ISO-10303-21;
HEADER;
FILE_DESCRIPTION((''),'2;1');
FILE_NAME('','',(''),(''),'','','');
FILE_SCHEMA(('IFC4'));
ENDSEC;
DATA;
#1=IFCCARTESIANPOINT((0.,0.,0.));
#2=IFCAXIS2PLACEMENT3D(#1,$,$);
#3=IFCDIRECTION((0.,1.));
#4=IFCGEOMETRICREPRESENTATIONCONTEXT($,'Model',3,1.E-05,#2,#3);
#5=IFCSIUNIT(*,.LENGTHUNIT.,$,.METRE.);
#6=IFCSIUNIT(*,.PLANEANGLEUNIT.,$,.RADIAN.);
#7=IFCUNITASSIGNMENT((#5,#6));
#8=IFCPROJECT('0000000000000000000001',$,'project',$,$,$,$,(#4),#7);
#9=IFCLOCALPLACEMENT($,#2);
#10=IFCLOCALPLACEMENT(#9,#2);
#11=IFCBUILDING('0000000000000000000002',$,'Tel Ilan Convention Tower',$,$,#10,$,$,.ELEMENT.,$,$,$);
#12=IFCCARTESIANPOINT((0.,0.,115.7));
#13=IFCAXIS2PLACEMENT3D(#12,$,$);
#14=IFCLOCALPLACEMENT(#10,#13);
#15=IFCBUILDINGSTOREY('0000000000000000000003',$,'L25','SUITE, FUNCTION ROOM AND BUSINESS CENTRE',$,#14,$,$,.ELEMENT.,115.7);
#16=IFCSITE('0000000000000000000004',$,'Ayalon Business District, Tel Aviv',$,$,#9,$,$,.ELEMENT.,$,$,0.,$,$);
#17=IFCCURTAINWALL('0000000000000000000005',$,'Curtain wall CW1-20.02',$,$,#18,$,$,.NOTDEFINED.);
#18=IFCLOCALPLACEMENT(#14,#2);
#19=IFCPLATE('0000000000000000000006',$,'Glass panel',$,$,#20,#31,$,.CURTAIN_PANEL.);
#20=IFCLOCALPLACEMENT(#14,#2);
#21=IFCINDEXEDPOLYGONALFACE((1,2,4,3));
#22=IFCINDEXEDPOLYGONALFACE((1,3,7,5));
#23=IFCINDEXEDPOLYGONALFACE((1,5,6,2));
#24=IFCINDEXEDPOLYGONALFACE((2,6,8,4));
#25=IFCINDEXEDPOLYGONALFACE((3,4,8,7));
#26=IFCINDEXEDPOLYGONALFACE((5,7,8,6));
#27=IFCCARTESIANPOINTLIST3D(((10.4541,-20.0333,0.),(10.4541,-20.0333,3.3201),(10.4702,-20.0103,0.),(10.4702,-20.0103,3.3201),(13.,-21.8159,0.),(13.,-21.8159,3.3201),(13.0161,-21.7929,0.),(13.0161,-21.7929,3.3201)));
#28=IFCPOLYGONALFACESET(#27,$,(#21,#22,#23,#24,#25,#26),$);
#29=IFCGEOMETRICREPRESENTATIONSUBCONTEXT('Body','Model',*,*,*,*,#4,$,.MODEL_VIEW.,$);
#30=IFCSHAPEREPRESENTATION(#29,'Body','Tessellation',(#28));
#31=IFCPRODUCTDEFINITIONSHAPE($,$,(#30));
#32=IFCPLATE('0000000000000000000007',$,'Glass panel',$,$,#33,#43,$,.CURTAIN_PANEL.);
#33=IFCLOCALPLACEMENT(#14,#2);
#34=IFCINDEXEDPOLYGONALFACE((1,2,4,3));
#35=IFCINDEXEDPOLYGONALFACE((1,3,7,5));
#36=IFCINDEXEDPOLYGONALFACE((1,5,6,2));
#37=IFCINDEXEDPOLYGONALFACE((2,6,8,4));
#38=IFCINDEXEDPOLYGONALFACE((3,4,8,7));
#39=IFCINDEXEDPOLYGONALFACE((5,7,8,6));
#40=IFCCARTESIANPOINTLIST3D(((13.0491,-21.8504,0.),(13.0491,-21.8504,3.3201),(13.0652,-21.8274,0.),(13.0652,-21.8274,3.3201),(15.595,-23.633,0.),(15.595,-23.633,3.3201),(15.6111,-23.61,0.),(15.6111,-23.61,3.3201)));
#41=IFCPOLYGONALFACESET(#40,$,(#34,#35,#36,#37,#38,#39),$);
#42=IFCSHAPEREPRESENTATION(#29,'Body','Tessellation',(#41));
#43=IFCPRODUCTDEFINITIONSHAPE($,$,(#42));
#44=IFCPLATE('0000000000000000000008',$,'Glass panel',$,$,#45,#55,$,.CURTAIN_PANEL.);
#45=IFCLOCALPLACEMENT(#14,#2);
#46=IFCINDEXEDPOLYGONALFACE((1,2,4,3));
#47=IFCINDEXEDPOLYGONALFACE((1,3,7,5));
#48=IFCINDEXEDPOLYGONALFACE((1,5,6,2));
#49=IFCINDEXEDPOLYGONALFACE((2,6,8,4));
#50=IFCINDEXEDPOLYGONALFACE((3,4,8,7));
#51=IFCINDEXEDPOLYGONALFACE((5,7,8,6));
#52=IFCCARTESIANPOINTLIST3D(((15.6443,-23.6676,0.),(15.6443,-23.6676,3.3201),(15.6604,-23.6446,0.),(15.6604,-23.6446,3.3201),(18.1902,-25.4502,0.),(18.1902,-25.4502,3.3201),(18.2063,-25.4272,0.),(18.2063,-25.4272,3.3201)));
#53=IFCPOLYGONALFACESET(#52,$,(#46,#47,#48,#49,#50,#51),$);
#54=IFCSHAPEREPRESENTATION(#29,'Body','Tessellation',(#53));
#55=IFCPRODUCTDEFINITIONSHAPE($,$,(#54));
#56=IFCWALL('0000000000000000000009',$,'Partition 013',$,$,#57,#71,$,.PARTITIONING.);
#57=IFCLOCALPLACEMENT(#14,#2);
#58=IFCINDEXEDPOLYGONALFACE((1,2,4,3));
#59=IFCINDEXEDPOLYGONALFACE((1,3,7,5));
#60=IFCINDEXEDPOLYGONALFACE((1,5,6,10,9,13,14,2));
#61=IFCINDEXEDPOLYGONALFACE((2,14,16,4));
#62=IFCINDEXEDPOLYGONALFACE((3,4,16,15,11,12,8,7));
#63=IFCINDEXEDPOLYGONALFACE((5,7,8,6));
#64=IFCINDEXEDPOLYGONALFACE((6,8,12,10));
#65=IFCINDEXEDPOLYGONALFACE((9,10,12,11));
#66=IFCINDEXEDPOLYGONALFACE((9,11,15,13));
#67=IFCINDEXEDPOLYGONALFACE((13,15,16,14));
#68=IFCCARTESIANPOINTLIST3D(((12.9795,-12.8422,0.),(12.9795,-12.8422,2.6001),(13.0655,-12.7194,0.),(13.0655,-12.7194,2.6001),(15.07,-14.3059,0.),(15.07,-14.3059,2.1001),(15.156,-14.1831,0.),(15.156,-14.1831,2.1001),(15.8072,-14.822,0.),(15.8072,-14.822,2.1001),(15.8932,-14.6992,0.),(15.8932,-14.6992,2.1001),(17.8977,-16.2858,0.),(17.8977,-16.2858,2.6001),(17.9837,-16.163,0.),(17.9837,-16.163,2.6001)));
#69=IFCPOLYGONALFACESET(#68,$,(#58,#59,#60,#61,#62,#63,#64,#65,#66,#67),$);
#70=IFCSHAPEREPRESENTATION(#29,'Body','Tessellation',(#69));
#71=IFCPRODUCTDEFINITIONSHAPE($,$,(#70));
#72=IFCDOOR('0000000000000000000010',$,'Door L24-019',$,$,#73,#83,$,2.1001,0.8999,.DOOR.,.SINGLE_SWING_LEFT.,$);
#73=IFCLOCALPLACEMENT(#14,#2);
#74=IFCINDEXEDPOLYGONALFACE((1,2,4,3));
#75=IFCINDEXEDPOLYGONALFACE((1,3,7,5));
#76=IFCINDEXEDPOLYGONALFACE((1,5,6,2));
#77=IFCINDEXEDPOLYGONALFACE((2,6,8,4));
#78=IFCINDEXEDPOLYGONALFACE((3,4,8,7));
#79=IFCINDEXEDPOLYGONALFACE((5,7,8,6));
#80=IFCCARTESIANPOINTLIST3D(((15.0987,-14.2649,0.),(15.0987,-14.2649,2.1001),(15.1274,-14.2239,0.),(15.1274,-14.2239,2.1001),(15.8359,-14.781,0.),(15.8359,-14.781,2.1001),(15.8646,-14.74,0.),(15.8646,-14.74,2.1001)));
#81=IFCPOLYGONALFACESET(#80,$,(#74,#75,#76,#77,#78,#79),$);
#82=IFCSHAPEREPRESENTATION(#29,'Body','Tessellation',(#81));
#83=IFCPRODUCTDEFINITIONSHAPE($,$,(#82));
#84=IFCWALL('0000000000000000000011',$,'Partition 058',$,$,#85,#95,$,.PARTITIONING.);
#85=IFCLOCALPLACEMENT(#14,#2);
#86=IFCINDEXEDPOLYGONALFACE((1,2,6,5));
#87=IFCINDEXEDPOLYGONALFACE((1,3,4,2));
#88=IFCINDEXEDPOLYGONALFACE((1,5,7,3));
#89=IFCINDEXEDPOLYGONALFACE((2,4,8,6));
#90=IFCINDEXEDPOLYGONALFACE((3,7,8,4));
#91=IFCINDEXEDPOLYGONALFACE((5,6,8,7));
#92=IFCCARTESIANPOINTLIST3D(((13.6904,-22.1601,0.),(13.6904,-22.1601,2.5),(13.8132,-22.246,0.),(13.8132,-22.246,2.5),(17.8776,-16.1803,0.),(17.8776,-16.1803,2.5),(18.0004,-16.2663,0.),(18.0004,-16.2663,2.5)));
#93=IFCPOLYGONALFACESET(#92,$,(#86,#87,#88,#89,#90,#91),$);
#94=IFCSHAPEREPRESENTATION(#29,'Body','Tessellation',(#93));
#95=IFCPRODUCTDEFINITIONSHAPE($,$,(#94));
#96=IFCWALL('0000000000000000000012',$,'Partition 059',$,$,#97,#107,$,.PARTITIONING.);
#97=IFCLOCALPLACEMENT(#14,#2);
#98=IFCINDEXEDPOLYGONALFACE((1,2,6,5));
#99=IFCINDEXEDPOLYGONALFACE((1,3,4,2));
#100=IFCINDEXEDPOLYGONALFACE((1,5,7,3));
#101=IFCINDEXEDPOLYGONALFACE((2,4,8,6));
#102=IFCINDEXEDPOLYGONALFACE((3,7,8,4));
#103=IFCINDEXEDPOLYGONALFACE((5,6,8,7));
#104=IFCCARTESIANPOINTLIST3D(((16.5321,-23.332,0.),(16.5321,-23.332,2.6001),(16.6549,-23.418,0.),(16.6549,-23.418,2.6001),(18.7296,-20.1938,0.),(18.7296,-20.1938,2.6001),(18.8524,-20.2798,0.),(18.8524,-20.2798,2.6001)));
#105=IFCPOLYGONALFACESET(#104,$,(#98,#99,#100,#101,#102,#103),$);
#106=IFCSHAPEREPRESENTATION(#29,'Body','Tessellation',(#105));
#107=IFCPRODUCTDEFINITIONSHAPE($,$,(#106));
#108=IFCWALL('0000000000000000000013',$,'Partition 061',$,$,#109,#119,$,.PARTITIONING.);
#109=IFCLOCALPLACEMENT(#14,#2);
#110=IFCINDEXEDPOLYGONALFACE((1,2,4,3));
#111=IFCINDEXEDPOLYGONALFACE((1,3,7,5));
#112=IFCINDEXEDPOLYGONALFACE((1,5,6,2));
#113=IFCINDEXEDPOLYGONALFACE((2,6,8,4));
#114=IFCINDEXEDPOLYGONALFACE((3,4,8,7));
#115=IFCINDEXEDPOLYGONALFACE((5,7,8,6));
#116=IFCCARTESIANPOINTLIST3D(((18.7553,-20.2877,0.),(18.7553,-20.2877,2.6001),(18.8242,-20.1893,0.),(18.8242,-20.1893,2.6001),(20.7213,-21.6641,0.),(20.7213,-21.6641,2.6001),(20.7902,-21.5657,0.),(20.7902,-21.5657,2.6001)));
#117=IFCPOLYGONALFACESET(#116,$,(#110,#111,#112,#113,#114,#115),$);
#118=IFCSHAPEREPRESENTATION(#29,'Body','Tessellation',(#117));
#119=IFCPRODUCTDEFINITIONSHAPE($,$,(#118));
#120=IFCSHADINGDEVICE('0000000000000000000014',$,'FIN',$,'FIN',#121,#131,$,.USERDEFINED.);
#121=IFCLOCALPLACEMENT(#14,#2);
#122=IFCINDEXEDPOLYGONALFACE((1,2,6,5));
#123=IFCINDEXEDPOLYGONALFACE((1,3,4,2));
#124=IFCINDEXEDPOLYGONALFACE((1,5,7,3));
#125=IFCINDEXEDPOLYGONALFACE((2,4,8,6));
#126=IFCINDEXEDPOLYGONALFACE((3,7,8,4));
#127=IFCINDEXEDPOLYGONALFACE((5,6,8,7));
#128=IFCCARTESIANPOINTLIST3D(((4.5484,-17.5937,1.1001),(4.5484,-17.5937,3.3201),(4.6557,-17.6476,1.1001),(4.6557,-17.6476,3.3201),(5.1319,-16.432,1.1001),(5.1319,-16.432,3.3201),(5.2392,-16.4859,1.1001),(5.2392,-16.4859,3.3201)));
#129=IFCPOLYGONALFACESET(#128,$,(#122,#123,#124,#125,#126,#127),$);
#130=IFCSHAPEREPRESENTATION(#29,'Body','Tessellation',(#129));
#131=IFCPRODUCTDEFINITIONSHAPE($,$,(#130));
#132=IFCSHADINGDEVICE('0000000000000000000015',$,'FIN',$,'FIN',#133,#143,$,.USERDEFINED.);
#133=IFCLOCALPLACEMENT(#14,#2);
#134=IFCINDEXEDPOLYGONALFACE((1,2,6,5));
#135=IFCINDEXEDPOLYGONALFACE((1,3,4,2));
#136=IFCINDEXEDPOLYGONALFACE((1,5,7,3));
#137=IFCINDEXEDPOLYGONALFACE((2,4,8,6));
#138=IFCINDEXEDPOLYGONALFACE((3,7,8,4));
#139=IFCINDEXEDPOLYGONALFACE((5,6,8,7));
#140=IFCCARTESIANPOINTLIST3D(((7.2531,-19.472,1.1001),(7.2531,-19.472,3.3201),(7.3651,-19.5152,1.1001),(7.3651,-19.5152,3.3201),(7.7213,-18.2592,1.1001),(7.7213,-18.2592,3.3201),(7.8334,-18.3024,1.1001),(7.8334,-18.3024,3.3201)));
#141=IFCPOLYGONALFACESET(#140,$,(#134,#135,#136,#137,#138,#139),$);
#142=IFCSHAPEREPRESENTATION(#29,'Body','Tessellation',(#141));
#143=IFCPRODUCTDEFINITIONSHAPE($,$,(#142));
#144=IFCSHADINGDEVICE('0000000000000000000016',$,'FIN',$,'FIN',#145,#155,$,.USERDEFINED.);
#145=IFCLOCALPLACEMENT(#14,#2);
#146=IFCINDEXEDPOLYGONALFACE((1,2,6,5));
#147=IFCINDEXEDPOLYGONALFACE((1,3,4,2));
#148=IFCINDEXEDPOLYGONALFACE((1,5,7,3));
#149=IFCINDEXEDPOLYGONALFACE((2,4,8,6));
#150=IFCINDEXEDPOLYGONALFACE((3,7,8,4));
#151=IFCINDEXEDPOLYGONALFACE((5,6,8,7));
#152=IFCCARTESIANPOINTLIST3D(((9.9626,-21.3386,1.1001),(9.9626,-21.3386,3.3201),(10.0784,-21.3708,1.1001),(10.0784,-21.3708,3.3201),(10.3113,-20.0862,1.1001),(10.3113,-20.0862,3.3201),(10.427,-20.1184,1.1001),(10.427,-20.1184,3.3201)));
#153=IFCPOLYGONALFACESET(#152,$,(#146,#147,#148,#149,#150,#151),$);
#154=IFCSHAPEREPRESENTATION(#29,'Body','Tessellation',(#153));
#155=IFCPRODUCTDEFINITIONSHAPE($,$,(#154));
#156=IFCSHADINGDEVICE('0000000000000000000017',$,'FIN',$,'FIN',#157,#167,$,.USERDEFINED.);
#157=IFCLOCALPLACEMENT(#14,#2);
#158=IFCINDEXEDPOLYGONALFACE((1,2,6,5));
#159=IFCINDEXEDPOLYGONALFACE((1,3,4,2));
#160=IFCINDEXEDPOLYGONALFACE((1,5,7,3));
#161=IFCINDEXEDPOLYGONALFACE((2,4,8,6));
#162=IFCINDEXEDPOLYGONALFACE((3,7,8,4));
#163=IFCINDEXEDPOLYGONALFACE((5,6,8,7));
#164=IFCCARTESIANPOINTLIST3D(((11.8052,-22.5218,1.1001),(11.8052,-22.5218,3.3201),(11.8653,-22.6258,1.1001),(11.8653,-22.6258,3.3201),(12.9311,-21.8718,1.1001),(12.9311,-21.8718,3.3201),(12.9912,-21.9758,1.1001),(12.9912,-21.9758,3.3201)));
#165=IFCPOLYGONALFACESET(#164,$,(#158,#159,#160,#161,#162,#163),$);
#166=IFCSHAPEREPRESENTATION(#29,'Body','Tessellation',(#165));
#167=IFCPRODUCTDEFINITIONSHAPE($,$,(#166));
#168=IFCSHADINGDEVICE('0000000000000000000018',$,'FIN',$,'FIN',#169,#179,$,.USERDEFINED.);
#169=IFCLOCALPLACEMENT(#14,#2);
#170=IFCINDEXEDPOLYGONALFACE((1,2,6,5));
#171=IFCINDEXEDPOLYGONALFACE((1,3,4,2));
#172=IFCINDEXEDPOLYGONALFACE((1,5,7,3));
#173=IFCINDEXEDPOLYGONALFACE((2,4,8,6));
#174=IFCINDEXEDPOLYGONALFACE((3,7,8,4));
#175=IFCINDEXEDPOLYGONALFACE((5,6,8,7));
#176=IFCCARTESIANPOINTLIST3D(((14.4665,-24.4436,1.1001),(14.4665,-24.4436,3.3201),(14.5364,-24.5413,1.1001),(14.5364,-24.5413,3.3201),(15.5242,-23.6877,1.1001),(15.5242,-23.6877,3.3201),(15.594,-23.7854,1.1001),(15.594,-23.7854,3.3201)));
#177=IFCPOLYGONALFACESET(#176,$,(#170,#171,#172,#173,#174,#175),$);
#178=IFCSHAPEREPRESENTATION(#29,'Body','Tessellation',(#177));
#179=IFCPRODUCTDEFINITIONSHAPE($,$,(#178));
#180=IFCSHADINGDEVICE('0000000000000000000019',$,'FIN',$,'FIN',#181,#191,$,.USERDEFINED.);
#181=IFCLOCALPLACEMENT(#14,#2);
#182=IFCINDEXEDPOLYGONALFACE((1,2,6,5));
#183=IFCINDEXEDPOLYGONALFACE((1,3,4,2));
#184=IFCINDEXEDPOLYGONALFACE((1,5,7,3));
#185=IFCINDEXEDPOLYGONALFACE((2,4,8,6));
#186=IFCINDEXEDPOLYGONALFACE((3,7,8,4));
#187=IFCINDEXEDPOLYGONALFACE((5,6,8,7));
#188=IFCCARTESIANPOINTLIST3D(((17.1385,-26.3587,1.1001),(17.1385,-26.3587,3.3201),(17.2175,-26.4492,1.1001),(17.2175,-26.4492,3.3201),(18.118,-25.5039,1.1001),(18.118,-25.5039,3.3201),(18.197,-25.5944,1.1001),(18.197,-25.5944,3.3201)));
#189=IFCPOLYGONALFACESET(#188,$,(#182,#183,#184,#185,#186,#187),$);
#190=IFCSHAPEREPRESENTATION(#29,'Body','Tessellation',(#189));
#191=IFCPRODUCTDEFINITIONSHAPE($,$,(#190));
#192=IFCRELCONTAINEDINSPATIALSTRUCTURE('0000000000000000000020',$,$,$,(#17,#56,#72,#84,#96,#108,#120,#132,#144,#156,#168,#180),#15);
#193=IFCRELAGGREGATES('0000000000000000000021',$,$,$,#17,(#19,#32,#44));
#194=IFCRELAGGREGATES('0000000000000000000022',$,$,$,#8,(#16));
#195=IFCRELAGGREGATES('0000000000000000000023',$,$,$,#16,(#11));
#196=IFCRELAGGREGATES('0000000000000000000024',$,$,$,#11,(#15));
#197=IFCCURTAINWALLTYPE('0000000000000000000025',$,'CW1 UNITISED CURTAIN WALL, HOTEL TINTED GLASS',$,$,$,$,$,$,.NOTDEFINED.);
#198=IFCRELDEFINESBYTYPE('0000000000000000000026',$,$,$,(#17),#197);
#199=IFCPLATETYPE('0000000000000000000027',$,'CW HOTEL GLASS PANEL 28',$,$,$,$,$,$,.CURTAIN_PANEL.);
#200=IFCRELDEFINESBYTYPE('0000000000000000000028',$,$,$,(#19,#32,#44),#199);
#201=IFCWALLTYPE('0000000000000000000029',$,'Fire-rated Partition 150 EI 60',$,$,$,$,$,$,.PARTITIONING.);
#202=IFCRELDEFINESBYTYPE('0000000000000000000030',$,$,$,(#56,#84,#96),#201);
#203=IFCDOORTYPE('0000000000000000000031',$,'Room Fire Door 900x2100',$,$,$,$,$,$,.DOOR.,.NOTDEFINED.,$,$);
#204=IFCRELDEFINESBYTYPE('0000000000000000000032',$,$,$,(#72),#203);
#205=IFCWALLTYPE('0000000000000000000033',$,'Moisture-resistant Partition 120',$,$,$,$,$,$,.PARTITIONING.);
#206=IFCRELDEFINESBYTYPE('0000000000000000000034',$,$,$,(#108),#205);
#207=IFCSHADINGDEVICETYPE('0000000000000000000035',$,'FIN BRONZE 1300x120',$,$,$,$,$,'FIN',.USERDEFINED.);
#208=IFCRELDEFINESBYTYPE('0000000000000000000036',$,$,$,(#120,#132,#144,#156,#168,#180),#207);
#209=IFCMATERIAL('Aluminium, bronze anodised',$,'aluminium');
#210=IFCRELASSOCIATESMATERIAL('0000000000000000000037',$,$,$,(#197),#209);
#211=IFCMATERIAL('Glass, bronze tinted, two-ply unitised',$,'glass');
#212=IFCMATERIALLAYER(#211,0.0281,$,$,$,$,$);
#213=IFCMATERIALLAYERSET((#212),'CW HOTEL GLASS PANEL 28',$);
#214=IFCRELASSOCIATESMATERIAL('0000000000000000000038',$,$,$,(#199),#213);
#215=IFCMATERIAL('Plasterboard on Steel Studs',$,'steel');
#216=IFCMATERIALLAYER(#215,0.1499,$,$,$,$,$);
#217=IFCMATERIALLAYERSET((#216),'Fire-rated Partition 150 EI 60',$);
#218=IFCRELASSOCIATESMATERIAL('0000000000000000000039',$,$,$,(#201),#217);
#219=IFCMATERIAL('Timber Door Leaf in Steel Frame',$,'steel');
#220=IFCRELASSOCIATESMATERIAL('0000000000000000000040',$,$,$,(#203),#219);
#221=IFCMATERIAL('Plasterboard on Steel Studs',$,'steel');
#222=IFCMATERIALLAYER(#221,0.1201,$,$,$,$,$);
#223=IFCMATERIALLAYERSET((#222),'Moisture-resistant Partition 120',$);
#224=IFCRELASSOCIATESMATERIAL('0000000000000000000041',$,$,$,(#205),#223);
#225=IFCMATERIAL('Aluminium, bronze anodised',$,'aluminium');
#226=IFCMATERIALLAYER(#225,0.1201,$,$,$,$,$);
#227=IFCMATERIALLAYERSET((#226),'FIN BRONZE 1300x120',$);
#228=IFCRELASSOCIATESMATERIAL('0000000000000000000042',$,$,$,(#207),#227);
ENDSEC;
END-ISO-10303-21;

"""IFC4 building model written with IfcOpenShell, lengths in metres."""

from ifc_helpers import new_model, si_unit, direction, frame, frame_2d, origin, origin_2d, place, context, subcontext, project, spatial, rectangle, extrude, material, layer, layer_set, type_object, element, fill, aggregate, save


model = new_model("IFC4")

# Units and contexts
model_context = context("Model", 3, precision=1e-05, world=origin(), true_north=direction((0.0, 1.0)))
body_context = subcontext(model_context, "Body", "Model", "MODEL_VIEW")
ifc_project = project(units=[si_unit("LENGTHUNIT", "METRE"), si_unit("PLANEANGLEUNIT", "RADIAN")], contexts=[model_context])

# Site, building, storey
site_placement = place(None, origin())
site = spatial("IfcSite", under=ifc_project, at=site_placement, Name="Ayalon Business District, Tel Aviv", CompositionType="ELEMENT", RefElevation=0.0)
building_placement = place(site_placement, origin())
building = spatial("IfcBuilding", under=site, at=building_placement, Name="Tel Ilan Convention Tower", CompositionType="ELEMENT")
storey_placement = place(building_placement, frame((0.0, 0.0, 115.7)))
storey = spatial("IfcBuildingStorey", under=building, at=storey_placement, Name="L25", Description="SUITE, FUNCTION ROOM AND BUSINESS CENTRE", CompositionType="ELEMENT", Elevation=115.7)

# Curtain wall, plates
ifc_material_1 = material(Name="Aluminium, bronze anodised", Category="aluminium")
curtain_wall_type = type_object("IfcCurtainWallType", Name="CW1 UNITISED CURTAIN WALL, HOTEL TINTED GLASS", PredefinedType="NOTDEFINED", material=ifc_material_1)
curtain_wall_placement = place(storey_placement, origin())
curtain_wall = element("IfcCurtainWall", 1, at=curtain_wall_placement, inside=storey, type_object=curtain_wall_type, Name="Curtain wall CW1-20.02", PredefinedType="NOTDEFINED")
ifc_material_2 = material(Name="Glass, bronze tinted, two-ply unitised", Category="glass")
ifc_layer_1 = layer(ifc_material_2, 0.0281)
ifc_layer_set_1 = layer_set([ifc_layer_1], Name="CW HOTEL GLASS PANEL 28")
plate_type = type_object("IfcPlateType", Name="CW HOTEL GLASS PANEL 28", PredefinedType="CURTAIN_PANEL", material=ifc_layer_set_1)
plate_1_placement = place(storey_placement, frame((11.7351, -20.9131, 0.0), z_axis=(0.0, 0.0, 1.0), x_axis=(0.819152, -0.573576, 0.0)))
plate_1 = element("IfcPlate", 2, at=plate_1_placement, type_object=plate_type, Name="Glass panel", PredefinedType="CURTAIN_PANEL", context=body_context, shape_type="SweptSolid", body=[
    extrude(rectangle(XDim=3.1079, YDim=0.0281, at=origin_2d()), origin(), (0.0, 0.0, 1.0), 3.3201),
])
plate_2_placement = place(storey_placement, frame((14.3301, -22.7302, 0.0), z_axis=(0.0, 0.0, 1.0), x_axis=(0.819152, -0.573576, 0.0)))
plate_2 = element("IfcPlate", 3, at=plate_2_placement, type_object=plate_type, Name="Glass panel", PredefinedType="CURTAIN_PANEL", context=body_context, shape_type="SweptSolid", body=[
    extrude(rectangle(XDim=3.1079, YDim=0.0281, at=origin_2d()), origin(), (0.0, 0.0, 1.0), 3.3201),
])
plate_3_placement = place(storey_placement, frame((16.9253, -24.5474, 0.0), z_axis=(0.0, 0.0, 1.0), x_axis=(0.819152, -0.573576, 0.0)))
plate_3 = element("IfcPlate", 4, at=plate_3_placement, type_object=plate_type, Name="Glass panel", PredefinedType="CURTAIN_PANEL", context=body_context, shape_type="SweptSolid", body=[
    extrude(rectangle(XDim=3.1079, YDim=0.0281, at=origin_2d()), origin(), (0.0, 0.0, 1.0), 3.3201),
])
aggregate(curtain_wall, [plate_1, plate_2, plate_3])

# Wall, opening, door
ifc_material_3 = material(Name="Plasterboard on Steel Studs", Category="steel")
ifc_layer_2 = layer(ifc_material_3, 0.1499)
ifc_layer_set_2 = layer_set([ifc_layer_2], Name="Fire-rated Partition 150 EI 60")
wall_type_1 = type_object("IfcWallType", Name="Fire-rated Partition 150 EI 60", PredefinedType="PARTITIONING", material=ifc_layer_set_2)
wall_1_placement = place(storey_placement, frame((17.9407, -16.2244, 0.0), z_axis=(0.0, 0.0, 1.0), x_axis=(-0.819165, 0.573558, 0.0)))
wall_1 = element("IfcWall", 5, at=wall_1_placement, inside=storey, type_object=wall_type_1, Name="Partition 013", PredefinedType="PARTITIONING", context=body_context, shape_type="SweptSolid", body=[
    extrude(rectangle(XDim=6.0039, YDim=0.1499, at=frame_2d((3.002, 0.0))), origin(), (0.0, 0.0, 1.0), 2.6001),
])
opening_placement = place(wall_1_placement, frame((2.552, 0.0, 0.0)))
opening = element("IfcOpeningElement", 6, at=opening_placement, cuts=wall_1, PredefinedType="OPENING", context=body_context, shape_type="SweptSolid", body=[
    extrude(rectangle(XDim=0.8999, YDim=2.1001, at=frame_2d((0.45, 1.05))), frame((0.0, 0.085, 0.0), z_axis=(0.0, -1.0, 0.0), x_axis=(1.0, 0.0, 0.0)), (0.0, 0.0, 1.0), 0.1699),
])
ifc_material_4 = material(Name="Timber Door Leaf in Steel Frame", Category="steel")
door_type = type_object("IfcDoorType", Name="Room Fire Door 900x2100", OperationType="NOTDEFINED", PredefinedType="DOOR", material=ifc_material_4)
door_placement = place(opening_placement, origin())
door = element("IfcDoor", 7, at=door_placement, inside=storey, type_object=door_type, Name="Door L24-019", OperationType="SINGLE_SWING_LEFT", OverallHeight=2.1001, OverallWidth=0.8999, PredefinedType="DOOR", context=body_context, shape_type="SweptSolid", body=[
    extrude(rectangle(XDim=0.8999, YDim=2.1001, at=frame_2d((0.45, 1.05))), frame((0.0, 0.0249, 0.0), z_axis=(0.0, -1.0, 0.0), x_axis=(1.0, 0.0, 0.0)), (0.0, 0.0, 1.0), 0.05),
])
fill(opening, door)

# Walls
wall_2_placement = place(storey_placement, frame((17.939, -16.2234, 0.0), z_axis=(0.0, 0.0, 1.0), x_axis=(-0.573595, -0.819139, 0.0)))
element("IfcWall", 8, at=wall_2_placement, inside=storey, type_object=wall_type_1, Name="Partition 058", PredefinedType="PARTITIONING", context=body_context, shape_type="SweptSolid", body=[
    extrude(rectangle(XDim=7.3, YDim=0.1499, at=frame_2d((3.6499, 0.0))), origin(), (0.0, 0.0, 1.0), 2.5),
])
wall_3_placement = place(storey_placement, frame((18.791, -20.2368, 0.0), z_axis=(0.0, 0.0, 1.0), x_axis=(-0.573599, -0.819136, 0.0)))
element("IfcWall", 9, at=wall_3_placement, inside=storey, type_object=wall_type_1, Name="Partition 059", PredefinedType="PARTITIONING", context=body_context, shape_type="SweptSolid", body=[
    extrude(rectangle(XDim=3.8311, YDim=0.1499, at=frame_2d((1.9155, 0.0))), origin(), (0.0, 0.0, 1.0), 2.6001),
])
ifc_material_5 = material(Name="Plasterboard on Steel Studs", Category="steel")
ifc_layer_3 = layer(ifc_material_5, 0.1201)
ifc_layer_set_3 = layer_set([ifc_layer_3], Name="Moisture-resistant Partition 120")
wall_type_2 = type_object("IfcWallType", Name="Moisture-resistant Partition 120", PredefinedType="PARTITIONING", material=ifc_layer_set_3)
wall_4_placement = place(storey_placement, frame((18.7898, -20.2385, 0.0), z_axis=(0.0, 0.0, 1.0), x_axis=(0.819189, -0.573524, 0.0)))
element("IfcWall", 10, at=wall_4_placement, inside=storey, type_object=wall_type_2, Name="Partition 061", PredefinedType="PARTITIONING", context=body_context, shape_type="SweptSolid", body=[
    extrude(rectangle(XDim=2.3999, YDim=0.1201, at=frame_2d((1.2, 0.0))), origin(), (0.0, 0.0, 1.0), 2.6001),
])

# Shading devices
ifc_material_6 = material(Name="Aluminium, bronze anodised", Category="aluminium")
ifc_layer_4 = layer(ifc_material_6, 0.1201)
ifc_layer_set_4 = layer_set([ifc_layer_4], Name="FIN BRONZE 1300x120")
shading_device_type = type_object("IfcShadingDeviceType", Name="FIN BRONZE 1300x120", ElementType="FIN", PredefinedType="USERDEFINED", material=ifc_layer_set_4)
for number, where, z_axis, x_axis, name in (
    (11, (4.8938, -17.0398, 1.1001), (0.0, 0.0, 1.0), (-0.448799, -0.893633, 0.0), "FIN"),
    (12, (7.5432, -18.8872, 1.1001), (0.0, 0.0, 1.0), (-0.360178, -0.932884, 0.0), "FIN"),
    (13, (10.1948, -20.7285, 1.1001), (0.0, 0.0, 1.0), (-0.268173, -0.963371, 0.0), "FIN"),
    (14, (12.3982, -22.2488, 1.1001), (0.0, 0.0, 1.0), (-0.866025, -0.5, 0.0), "FIN"),
    (15, (15.0303, -24.1145, 1.1001), (0.0, 0.0, 1.0), (-0.813552, -0.581492, 0.0), "FIN"),
    (16, (17.6677, -25.9766, 1.1001), (0.0, 0.0, 1.0), (-0.753436, -0.657521, 0.0), "FIN"),
):
    element("IfcShadingDevice", number, at=place(storey_placement, frame(where, z_axis=z_axis, x_axis=x_axis)), inside=storey, type_object=shading_device_type, Name=name, ObjectType="FIN", PredefinedType="USERDEFINED", context=body_context, shape_type="SweptSolid", body=[
        extrude(rectangle(XDim=1.3, YDim=0.1201, at=origin_2d()), origin(), (0.0, 0.0, 1.0), 2.22),
    ])

save(model, "model.ifc")
